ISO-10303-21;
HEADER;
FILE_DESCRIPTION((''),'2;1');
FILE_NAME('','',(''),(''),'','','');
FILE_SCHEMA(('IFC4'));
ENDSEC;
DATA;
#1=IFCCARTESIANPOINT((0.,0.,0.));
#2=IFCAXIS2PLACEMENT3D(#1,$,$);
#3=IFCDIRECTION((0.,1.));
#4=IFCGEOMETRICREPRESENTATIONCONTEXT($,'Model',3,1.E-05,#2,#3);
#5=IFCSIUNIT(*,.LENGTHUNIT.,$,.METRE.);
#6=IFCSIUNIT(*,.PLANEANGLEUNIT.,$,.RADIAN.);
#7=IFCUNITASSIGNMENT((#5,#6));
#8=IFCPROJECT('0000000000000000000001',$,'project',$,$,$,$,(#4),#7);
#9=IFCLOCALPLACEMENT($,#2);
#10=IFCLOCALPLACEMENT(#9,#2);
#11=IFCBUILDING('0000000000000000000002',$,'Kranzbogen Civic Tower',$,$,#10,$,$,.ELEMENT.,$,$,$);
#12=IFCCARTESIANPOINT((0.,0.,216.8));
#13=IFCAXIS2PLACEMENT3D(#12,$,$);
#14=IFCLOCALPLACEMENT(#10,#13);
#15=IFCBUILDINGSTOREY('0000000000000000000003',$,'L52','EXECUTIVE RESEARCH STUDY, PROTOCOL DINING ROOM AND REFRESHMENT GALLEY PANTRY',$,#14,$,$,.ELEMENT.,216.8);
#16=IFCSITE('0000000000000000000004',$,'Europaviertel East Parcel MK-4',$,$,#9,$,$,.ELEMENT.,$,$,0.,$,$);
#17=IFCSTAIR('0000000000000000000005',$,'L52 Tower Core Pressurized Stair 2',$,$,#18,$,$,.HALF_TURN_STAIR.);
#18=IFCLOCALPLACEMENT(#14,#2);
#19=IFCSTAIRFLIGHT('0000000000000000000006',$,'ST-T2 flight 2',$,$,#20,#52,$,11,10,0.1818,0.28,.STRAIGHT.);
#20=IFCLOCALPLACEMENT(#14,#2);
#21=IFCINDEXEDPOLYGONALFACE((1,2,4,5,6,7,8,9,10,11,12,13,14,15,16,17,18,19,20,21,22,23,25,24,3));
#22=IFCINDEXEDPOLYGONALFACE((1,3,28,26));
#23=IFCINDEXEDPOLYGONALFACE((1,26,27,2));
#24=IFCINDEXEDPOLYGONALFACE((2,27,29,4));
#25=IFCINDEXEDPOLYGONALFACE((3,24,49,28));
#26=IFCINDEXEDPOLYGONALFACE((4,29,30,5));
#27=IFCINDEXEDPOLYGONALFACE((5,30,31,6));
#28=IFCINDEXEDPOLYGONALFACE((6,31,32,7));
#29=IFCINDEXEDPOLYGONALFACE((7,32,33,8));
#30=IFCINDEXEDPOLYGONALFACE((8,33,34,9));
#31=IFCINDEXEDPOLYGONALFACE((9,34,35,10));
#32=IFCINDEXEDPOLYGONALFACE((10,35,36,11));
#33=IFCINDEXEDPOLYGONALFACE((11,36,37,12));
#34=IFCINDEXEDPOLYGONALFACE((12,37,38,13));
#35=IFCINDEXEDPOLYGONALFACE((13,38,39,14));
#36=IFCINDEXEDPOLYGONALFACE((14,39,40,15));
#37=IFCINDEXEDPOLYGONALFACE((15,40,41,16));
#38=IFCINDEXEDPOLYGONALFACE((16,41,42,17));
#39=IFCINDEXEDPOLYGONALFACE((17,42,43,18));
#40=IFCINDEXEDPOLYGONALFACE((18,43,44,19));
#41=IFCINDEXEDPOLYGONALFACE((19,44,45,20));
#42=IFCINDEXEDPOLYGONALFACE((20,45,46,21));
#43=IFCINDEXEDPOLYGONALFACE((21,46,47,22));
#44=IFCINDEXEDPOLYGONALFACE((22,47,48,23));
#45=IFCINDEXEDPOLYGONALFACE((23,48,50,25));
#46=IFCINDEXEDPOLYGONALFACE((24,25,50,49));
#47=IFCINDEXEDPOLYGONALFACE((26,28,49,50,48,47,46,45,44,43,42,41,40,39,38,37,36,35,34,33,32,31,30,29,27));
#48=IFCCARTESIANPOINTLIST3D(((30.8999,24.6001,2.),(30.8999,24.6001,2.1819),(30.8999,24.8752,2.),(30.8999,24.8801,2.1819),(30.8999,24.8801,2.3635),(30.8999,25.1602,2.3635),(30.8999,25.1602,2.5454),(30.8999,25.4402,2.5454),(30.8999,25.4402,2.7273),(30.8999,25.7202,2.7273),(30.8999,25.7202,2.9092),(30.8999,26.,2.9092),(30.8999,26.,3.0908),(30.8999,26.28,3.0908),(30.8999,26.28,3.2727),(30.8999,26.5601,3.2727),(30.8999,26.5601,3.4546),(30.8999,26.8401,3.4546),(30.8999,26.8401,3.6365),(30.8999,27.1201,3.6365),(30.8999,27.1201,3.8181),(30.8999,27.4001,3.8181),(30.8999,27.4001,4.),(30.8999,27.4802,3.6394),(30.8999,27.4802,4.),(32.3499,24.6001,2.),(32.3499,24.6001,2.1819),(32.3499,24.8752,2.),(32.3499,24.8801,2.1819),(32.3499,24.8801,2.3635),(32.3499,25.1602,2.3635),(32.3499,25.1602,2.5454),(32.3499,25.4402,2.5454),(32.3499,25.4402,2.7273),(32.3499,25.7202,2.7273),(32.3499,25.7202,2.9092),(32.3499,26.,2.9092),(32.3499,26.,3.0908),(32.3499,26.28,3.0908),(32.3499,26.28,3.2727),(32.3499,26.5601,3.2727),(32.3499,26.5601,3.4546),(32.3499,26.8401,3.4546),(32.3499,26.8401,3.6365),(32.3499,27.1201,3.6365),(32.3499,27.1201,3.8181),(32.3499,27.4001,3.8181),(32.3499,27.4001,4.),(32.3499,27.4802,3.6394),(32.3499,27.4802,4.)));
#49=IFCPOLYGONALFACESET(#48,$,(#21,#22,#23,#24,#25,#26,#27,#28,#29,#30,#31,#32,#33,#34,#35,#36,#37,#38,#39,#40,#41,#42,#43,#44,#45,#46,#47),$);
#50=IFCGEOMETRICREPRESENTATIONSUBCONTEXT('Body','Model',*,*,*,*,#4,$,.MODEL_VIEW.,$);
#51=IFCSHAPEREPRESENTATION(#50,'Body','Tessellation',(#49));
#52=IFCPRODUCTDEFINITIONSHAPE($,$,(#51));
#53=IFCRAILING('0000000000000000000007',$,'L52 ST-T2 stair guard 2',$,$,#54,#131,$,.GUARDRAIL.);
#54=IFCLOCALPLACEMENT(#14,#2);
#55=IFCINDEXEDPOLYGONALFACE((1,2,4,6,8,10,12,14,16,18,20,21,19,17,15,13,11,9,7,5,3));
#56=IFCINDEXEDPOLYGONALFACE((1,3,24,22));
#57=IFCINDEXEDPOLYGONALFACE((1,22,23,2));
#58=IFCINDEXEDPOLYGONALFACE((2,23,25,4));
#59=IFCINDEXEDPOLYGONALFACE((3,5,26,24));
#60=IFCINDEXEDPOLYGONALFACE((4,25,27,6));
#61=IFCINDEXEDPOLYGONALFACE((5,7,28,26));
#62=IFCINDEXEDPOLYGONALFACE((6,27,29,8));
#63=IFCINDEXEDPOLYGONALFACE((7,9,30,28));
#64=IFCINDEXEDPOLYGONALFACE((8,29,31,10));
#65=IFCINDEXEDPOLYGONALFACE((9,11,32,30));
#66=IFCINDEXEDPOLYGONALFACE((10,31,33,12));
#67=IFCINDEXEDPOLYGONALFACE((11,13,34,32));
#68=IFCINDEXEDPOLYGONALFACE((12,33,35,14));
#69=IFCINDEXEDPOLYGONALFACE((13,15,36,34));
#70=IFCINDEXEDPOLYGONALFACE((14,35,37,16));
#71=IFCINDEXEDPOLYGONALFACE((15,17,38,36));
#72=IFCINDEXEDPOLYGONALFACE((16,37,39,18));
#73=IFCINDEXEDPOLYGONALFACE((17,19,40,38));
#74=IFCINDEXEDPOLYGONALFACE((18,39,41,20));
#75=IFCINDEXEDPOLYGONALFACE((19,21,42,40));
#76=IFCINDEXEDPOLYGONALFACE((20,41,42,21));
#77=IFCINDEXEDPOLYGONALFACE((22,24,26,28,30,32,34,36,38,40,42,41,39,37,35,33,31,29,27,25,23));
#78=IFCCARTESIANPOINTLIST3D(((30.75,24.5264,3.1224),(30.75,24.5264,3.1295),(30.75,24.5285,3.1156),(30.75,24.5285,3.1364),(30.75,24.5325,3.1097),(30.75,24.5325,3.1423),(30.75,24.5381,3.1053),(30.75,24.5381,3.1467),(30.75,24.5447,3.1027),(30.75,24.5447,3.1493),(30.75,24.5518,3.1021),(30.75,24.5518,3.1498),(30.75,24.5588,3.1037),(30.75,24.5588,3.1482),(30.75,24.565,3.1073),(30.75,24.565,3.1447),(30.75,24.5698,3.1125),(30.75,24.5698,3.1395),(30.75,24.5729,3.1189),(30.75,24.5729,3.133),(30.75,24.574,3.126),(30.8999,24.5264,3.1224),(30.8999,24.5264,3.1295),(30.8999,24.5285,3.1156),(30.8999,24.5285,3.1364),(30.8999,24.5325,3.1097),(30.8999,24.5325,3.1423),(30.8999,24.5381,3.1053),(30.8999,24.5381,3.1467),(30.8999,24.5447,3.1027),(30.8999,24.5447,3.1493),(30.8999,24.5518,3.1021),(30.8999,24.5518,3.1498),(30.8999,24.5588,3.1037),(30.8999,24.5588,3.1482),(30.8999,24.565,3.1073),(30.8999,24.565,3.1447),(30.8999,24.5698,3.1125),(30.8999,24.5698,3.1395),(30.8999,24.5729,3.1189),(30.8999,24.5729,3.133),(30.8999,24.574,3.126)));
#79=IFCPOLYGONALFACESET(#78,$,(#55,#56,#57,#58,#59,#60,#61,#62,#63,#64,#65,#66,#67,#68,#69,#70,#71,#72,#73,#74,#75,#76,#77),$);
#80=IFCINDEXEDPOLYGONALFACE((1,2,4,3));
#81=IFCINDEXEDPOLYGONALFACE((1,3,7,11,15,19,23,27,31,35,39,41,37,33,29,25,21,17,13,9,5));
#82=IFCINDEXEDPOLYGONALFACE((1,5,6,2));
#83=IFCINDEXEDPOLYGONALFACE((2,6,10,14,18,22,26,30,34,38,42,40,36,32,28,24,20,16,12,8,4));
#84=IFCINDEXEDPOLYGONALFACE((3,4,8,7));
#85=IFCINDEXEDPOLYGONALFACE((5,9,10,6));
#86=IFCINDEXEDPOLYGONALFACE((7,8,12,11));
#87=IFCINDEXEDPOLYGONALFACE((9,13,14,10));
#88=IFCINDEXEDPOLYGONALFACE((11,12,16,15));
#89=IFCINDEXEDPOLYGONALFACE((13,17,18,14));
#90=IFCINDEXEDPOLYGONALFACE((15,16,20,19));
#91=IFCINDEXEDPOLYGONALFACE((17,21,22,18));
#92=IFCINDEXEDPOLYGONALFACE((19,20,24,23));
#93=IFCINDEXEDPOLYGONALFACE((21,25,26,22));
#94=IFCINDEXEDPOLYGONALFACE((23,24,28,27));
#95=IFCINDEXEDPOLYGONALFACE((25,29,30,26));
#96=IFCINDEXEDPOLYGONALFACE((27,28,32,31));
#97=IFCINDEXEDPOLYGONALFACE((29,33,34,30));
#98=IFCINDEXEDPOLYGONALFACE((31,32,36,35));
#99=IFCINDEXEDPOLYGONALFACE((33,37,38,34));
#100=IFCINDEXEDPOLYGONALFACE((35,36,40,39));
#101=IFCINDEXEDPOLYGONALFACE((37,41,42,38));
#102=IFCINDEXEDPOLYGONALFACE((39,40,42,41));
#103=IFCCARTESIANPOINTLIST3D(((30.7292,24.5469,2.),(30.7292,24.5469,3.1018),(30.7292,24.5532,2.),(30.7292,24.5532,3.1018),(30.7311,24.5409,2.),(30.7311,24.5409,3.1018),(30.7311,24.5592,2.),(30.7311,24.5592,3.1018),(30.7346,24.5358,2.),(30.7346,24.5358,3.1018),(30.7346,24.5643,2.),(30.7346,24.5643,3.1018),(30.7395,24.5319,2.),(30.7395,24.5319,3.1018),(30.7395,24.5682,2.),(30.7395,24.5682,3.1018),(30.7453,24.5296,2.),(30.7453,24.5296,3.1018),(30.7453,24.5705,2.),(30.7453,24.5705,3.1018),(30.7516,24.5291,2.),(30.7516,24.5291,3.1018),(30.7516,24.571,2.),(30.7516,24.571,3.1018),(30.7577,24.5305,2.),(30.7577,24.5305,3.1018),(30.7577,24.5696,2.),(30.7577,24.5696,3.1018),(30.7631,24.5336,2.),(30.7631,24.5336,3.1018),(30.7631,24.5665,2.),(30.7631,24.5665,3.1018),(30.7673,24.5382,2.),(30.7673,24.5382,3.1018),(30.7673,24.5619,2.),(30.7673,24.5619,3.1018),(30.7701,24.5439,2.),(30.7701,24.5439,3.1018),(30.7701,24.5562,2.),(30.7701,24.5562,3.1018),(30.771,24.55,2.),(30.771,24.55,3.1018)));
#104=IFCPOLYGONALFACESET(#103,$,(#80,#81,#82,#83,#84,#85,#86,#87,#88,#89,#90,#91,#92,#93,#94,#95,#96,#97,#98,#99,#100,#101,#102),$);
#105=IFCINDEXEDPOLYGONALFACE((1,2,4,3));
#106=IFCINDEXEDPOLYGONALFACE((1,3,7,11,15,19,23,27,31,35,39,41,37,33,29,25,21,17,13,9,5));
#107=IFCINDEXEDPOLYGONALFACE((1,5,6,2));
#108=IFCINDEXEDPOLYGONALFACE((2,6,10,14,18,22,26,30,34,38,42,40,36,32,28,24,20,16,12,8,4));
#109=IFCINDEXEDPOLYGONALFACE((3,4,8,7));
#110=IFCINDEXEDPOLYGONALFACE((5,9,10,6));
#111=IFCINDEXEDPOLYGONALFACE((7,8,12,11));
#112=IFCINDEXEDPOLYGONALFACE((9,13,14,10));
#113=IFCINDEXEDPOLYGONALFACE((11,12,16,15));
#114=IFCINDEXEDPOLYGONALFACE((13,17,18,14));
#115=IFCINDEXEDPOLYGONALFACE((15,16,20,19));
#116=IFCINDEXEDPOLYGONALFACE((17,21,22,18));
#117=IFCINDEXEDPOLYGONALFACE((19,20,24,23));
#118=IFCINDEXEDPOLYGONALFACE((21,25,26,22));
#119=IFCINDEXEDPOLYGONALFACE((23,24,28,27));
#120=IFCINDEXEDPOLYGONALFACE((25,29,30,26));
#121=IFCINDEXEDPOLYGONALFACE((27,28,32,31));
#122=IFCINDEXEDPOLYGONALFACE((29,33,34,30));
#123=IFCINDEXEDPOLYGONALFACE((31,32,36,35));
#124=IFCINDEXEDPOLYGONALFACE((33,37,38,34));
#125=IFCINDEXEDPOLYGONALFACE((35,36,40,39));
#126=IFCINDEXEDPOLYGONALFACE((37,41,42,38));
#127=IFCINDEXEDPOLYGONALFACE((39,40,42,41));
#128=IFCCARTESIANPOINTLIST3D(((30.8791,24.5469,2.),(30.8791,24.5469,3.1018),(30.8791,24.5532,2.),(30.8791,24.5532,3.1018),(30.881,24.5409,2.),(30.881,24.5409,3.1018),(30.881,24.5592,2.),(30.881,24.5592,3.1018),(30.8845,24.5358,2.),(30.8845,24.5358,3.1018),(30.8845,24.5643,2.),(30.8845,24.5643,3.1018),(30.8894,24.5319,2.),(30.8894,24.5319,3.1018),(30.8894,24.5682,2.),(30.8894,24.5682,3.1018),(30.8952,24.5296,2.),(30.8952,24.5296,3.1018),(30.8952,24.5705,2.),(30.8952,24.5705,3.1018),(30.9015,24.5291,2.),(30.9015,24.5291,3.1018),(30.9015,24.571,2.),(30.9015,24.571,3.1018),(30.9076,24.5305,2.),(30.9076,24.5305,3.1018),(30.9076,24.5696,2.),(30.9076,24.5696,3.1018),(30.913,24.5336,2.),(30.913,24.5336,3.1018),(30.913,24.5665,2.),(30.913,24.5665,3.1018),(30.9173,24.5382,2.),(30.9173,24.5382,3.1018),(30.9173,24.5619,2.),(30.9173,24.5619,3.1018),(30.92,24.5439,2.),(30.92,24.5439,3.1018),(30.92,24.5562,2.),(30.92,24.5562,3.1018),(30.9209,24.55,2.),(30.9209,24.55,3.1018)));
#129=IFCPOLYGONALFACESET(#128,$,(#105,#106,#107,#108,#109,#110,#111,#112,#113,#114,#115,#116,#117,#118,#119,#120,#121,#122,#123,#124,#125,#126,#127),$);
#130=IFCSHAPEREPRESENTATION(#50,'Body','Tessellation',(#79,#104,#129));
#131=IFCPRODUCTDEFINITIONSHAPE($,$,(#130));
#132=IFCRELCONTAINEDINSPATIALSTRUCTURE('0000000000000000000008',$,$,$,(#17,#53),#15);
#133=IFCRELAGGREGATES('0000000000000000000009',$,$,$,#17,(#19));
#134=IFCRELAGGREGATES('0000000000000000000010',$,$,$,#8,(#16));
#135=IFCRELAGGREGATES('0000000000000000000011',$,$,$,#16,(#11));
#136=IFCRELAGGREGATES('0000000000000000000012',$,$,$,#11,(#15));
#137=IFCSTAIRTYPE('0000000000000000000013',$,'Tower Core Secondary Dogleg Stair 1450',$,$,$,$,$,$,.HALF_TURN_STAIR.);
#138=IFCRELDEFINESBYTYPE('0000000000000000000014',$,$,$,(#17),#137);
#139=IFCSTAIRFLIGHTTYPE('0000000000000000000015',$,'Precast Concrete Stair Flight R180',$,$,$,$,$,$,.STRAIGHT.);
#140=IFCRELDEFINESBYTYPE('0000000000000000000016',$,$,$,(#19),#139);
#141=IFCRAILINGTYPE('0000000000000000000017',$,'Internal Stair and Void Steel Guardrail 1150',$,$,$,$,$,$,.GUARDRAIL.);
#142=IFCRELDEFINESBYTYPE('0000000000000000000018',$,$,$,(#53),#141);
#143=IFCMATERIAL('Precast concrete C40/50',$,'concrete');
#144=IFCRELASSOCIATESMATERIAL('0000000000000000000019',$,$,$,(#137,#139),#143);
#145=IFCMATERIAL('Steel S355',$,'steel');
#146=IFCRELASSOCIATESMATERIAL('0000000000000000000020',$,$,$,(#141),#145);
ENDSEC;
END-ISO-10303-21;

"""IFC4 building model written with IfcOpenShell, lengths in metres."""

from ifc_helpers import new_model, si_unit, direction, frame, origin, origin_2d, place, context, subcontext, project, spatial, polyline, circle, outline, extrude, material, type_object, element, aggregate, save


model = new_model("IFC4")

# Units and contexts
model_context = context("Model", 3, precision=1e-05, world=origin(), true_north=direction((0.0, 1.0)))
body_context = subcontext(model_context, "Body", "Model", "MODEL_VIEW")
ifc_project = project(units=[si_unit("LENGTHUNIT", "METRE"), si_unit("PLANEANGLEUNIT", "RADIAN")], contexts=[model_context])

# Site, building, storey
site_placement = place(None, origin())
site = spatial("IfcSite", under=ifc_project, at=site_placement, Name="Europaviertel East Parcel MK-4", CompositionType="ELEMENT", RefElevation=0.0)
building_placement = place(site_placement, origin())
building = spatial("IfcBuilding", under=site, at=building_placement, Name="Kranzbogen Civic Tower", CompositionType="ELEMENT")
storey_placement = place(building_placement, frame((0.0, 0.0, 216.8)))
storey = spatial("IfcBuildingStorey", under=building, at=storey_placement, Name="L52", Description="EXECUTIVE RESEARCH STUDY, PROTOCOL DINING ROOM AND REFRESHMENT GALLEY PANTRY", CompositionType="ELEMENT", Elevation=216.8)

# Shared definitions
ifc_material_1 = material(Name="Steel S355", Category="steel")

# Stair, stair flight
ifc_material_2 = material(Name="Precast concrete C40/50", Category="concrete")
stair_type = type_object("IfcStairType", Name="Tower Core Secondary Dogleg Stair 1450", PredefinedType="HALF_TURN_STAIR", material=ifc_material_2)
stair_placement = place(storey_placement, origin())
stair = element("IfcStair", 1, at=stair_placement, inside=storey, type_object=stair_type, Name="L52 Tower Core Pressurized Stair 2", PredefinedType="HALF_TURN_STAIR")
stair_flight_type = type_object("IfcStairFlightType", Name="Precast Concrete Stair Flight R180", PredefinedType="STRAIGHT", material=ifc_material_2)
stair_flight_placement = place(storey_placement, frame((31.625, 24.6001, 2.0), z_axis=(0.0, 0.0, 1.0), x_axis=(0.0, 1.0, 0.0)))
stair_flight = element("IfcStairFlight", 2, at=stair_flight_placement, type_object=stair_flight_type, Name="ST-T2 flight 2", NumberOfRisers=11, NumberOfTreads=10, PredefinedType="STRAIGHT", RiserHeight=0.1818, TreadLength=0.28, context=body_context, shape_type="SweptSolid", body=[
    extrude(outline(polyline([(0.0, 0.0), (0.0, 0.1819), (0.28, 0.1819), (0.28, 0.3635), (0.5601, 0.3635), (0.5601, 0.5454), (0.8401, 0.5454), (0.8401, 0.7273), (1.1201, 0.7273), (1.1201, 0.9092), (1.3999, 0.9092), (1.3999, 1.0908), (1.6799, 1.0908), (1.6799, 1.2727), (1.96, 1.2727), (1.96, 1.4546), (2.24, 1.4546), (2.24, 1.6365), (2.52, 1.6365), (2.52, 1.8181), (2.8, 1.8181), (2.8, 2.0), (2.8801, 2.0), (2.8801, 1.6394), (0.2751, 0.0), (0.0, 0.0)])), frame((0.0, 0.7251, 0.0), z_axis=(0.0, -1.0, 0.0), x_axis=(1.0, 0.0, 0.0)), (0.0, 0.0, 1.0), 1.45),
])
aggregate(stair, [stair_flight])

# Railing
railing_type_1 = type_object("IfcRailingType", Name="Internal Stair and Void Steel Guardrail 1150", PredefinedType="GUARDRAIL", material=ifc_material_1)
railing_1_placement = place(storey_placement, frame((30.75, 24.55, 2.0)))
element("IfcRailing", 3, at=railing_1_placement, inside=storey, type_object=railing_type_1, Name="L52 ST-T2 stair guard 2", PredefinedType="GUARDRAIL", context=body_context, shape_type="SweptSolid", body=[
    extrude(circle(Radius=0.0239, at=origin_2d()), frame((0.0, 0.0, 1.126), z_axis=(1.0, 0.0, 0.0), x_axis=(0.0, 1.0, 0.0)), (0.0, 0.0, 1.0), 0.1499),
    extrude(circle(Radius=0.021, at=origin_2d()), origin(), (0.0, 0.0, 1.0), 1.1018),
    extrude(circle(Radius=0.021, at=origin_2d()), frame((0.1499, 0.0, 0.0)), (0.0, 0.0, 1.0), 1.1018),
])

save(model, "model.ifc")
